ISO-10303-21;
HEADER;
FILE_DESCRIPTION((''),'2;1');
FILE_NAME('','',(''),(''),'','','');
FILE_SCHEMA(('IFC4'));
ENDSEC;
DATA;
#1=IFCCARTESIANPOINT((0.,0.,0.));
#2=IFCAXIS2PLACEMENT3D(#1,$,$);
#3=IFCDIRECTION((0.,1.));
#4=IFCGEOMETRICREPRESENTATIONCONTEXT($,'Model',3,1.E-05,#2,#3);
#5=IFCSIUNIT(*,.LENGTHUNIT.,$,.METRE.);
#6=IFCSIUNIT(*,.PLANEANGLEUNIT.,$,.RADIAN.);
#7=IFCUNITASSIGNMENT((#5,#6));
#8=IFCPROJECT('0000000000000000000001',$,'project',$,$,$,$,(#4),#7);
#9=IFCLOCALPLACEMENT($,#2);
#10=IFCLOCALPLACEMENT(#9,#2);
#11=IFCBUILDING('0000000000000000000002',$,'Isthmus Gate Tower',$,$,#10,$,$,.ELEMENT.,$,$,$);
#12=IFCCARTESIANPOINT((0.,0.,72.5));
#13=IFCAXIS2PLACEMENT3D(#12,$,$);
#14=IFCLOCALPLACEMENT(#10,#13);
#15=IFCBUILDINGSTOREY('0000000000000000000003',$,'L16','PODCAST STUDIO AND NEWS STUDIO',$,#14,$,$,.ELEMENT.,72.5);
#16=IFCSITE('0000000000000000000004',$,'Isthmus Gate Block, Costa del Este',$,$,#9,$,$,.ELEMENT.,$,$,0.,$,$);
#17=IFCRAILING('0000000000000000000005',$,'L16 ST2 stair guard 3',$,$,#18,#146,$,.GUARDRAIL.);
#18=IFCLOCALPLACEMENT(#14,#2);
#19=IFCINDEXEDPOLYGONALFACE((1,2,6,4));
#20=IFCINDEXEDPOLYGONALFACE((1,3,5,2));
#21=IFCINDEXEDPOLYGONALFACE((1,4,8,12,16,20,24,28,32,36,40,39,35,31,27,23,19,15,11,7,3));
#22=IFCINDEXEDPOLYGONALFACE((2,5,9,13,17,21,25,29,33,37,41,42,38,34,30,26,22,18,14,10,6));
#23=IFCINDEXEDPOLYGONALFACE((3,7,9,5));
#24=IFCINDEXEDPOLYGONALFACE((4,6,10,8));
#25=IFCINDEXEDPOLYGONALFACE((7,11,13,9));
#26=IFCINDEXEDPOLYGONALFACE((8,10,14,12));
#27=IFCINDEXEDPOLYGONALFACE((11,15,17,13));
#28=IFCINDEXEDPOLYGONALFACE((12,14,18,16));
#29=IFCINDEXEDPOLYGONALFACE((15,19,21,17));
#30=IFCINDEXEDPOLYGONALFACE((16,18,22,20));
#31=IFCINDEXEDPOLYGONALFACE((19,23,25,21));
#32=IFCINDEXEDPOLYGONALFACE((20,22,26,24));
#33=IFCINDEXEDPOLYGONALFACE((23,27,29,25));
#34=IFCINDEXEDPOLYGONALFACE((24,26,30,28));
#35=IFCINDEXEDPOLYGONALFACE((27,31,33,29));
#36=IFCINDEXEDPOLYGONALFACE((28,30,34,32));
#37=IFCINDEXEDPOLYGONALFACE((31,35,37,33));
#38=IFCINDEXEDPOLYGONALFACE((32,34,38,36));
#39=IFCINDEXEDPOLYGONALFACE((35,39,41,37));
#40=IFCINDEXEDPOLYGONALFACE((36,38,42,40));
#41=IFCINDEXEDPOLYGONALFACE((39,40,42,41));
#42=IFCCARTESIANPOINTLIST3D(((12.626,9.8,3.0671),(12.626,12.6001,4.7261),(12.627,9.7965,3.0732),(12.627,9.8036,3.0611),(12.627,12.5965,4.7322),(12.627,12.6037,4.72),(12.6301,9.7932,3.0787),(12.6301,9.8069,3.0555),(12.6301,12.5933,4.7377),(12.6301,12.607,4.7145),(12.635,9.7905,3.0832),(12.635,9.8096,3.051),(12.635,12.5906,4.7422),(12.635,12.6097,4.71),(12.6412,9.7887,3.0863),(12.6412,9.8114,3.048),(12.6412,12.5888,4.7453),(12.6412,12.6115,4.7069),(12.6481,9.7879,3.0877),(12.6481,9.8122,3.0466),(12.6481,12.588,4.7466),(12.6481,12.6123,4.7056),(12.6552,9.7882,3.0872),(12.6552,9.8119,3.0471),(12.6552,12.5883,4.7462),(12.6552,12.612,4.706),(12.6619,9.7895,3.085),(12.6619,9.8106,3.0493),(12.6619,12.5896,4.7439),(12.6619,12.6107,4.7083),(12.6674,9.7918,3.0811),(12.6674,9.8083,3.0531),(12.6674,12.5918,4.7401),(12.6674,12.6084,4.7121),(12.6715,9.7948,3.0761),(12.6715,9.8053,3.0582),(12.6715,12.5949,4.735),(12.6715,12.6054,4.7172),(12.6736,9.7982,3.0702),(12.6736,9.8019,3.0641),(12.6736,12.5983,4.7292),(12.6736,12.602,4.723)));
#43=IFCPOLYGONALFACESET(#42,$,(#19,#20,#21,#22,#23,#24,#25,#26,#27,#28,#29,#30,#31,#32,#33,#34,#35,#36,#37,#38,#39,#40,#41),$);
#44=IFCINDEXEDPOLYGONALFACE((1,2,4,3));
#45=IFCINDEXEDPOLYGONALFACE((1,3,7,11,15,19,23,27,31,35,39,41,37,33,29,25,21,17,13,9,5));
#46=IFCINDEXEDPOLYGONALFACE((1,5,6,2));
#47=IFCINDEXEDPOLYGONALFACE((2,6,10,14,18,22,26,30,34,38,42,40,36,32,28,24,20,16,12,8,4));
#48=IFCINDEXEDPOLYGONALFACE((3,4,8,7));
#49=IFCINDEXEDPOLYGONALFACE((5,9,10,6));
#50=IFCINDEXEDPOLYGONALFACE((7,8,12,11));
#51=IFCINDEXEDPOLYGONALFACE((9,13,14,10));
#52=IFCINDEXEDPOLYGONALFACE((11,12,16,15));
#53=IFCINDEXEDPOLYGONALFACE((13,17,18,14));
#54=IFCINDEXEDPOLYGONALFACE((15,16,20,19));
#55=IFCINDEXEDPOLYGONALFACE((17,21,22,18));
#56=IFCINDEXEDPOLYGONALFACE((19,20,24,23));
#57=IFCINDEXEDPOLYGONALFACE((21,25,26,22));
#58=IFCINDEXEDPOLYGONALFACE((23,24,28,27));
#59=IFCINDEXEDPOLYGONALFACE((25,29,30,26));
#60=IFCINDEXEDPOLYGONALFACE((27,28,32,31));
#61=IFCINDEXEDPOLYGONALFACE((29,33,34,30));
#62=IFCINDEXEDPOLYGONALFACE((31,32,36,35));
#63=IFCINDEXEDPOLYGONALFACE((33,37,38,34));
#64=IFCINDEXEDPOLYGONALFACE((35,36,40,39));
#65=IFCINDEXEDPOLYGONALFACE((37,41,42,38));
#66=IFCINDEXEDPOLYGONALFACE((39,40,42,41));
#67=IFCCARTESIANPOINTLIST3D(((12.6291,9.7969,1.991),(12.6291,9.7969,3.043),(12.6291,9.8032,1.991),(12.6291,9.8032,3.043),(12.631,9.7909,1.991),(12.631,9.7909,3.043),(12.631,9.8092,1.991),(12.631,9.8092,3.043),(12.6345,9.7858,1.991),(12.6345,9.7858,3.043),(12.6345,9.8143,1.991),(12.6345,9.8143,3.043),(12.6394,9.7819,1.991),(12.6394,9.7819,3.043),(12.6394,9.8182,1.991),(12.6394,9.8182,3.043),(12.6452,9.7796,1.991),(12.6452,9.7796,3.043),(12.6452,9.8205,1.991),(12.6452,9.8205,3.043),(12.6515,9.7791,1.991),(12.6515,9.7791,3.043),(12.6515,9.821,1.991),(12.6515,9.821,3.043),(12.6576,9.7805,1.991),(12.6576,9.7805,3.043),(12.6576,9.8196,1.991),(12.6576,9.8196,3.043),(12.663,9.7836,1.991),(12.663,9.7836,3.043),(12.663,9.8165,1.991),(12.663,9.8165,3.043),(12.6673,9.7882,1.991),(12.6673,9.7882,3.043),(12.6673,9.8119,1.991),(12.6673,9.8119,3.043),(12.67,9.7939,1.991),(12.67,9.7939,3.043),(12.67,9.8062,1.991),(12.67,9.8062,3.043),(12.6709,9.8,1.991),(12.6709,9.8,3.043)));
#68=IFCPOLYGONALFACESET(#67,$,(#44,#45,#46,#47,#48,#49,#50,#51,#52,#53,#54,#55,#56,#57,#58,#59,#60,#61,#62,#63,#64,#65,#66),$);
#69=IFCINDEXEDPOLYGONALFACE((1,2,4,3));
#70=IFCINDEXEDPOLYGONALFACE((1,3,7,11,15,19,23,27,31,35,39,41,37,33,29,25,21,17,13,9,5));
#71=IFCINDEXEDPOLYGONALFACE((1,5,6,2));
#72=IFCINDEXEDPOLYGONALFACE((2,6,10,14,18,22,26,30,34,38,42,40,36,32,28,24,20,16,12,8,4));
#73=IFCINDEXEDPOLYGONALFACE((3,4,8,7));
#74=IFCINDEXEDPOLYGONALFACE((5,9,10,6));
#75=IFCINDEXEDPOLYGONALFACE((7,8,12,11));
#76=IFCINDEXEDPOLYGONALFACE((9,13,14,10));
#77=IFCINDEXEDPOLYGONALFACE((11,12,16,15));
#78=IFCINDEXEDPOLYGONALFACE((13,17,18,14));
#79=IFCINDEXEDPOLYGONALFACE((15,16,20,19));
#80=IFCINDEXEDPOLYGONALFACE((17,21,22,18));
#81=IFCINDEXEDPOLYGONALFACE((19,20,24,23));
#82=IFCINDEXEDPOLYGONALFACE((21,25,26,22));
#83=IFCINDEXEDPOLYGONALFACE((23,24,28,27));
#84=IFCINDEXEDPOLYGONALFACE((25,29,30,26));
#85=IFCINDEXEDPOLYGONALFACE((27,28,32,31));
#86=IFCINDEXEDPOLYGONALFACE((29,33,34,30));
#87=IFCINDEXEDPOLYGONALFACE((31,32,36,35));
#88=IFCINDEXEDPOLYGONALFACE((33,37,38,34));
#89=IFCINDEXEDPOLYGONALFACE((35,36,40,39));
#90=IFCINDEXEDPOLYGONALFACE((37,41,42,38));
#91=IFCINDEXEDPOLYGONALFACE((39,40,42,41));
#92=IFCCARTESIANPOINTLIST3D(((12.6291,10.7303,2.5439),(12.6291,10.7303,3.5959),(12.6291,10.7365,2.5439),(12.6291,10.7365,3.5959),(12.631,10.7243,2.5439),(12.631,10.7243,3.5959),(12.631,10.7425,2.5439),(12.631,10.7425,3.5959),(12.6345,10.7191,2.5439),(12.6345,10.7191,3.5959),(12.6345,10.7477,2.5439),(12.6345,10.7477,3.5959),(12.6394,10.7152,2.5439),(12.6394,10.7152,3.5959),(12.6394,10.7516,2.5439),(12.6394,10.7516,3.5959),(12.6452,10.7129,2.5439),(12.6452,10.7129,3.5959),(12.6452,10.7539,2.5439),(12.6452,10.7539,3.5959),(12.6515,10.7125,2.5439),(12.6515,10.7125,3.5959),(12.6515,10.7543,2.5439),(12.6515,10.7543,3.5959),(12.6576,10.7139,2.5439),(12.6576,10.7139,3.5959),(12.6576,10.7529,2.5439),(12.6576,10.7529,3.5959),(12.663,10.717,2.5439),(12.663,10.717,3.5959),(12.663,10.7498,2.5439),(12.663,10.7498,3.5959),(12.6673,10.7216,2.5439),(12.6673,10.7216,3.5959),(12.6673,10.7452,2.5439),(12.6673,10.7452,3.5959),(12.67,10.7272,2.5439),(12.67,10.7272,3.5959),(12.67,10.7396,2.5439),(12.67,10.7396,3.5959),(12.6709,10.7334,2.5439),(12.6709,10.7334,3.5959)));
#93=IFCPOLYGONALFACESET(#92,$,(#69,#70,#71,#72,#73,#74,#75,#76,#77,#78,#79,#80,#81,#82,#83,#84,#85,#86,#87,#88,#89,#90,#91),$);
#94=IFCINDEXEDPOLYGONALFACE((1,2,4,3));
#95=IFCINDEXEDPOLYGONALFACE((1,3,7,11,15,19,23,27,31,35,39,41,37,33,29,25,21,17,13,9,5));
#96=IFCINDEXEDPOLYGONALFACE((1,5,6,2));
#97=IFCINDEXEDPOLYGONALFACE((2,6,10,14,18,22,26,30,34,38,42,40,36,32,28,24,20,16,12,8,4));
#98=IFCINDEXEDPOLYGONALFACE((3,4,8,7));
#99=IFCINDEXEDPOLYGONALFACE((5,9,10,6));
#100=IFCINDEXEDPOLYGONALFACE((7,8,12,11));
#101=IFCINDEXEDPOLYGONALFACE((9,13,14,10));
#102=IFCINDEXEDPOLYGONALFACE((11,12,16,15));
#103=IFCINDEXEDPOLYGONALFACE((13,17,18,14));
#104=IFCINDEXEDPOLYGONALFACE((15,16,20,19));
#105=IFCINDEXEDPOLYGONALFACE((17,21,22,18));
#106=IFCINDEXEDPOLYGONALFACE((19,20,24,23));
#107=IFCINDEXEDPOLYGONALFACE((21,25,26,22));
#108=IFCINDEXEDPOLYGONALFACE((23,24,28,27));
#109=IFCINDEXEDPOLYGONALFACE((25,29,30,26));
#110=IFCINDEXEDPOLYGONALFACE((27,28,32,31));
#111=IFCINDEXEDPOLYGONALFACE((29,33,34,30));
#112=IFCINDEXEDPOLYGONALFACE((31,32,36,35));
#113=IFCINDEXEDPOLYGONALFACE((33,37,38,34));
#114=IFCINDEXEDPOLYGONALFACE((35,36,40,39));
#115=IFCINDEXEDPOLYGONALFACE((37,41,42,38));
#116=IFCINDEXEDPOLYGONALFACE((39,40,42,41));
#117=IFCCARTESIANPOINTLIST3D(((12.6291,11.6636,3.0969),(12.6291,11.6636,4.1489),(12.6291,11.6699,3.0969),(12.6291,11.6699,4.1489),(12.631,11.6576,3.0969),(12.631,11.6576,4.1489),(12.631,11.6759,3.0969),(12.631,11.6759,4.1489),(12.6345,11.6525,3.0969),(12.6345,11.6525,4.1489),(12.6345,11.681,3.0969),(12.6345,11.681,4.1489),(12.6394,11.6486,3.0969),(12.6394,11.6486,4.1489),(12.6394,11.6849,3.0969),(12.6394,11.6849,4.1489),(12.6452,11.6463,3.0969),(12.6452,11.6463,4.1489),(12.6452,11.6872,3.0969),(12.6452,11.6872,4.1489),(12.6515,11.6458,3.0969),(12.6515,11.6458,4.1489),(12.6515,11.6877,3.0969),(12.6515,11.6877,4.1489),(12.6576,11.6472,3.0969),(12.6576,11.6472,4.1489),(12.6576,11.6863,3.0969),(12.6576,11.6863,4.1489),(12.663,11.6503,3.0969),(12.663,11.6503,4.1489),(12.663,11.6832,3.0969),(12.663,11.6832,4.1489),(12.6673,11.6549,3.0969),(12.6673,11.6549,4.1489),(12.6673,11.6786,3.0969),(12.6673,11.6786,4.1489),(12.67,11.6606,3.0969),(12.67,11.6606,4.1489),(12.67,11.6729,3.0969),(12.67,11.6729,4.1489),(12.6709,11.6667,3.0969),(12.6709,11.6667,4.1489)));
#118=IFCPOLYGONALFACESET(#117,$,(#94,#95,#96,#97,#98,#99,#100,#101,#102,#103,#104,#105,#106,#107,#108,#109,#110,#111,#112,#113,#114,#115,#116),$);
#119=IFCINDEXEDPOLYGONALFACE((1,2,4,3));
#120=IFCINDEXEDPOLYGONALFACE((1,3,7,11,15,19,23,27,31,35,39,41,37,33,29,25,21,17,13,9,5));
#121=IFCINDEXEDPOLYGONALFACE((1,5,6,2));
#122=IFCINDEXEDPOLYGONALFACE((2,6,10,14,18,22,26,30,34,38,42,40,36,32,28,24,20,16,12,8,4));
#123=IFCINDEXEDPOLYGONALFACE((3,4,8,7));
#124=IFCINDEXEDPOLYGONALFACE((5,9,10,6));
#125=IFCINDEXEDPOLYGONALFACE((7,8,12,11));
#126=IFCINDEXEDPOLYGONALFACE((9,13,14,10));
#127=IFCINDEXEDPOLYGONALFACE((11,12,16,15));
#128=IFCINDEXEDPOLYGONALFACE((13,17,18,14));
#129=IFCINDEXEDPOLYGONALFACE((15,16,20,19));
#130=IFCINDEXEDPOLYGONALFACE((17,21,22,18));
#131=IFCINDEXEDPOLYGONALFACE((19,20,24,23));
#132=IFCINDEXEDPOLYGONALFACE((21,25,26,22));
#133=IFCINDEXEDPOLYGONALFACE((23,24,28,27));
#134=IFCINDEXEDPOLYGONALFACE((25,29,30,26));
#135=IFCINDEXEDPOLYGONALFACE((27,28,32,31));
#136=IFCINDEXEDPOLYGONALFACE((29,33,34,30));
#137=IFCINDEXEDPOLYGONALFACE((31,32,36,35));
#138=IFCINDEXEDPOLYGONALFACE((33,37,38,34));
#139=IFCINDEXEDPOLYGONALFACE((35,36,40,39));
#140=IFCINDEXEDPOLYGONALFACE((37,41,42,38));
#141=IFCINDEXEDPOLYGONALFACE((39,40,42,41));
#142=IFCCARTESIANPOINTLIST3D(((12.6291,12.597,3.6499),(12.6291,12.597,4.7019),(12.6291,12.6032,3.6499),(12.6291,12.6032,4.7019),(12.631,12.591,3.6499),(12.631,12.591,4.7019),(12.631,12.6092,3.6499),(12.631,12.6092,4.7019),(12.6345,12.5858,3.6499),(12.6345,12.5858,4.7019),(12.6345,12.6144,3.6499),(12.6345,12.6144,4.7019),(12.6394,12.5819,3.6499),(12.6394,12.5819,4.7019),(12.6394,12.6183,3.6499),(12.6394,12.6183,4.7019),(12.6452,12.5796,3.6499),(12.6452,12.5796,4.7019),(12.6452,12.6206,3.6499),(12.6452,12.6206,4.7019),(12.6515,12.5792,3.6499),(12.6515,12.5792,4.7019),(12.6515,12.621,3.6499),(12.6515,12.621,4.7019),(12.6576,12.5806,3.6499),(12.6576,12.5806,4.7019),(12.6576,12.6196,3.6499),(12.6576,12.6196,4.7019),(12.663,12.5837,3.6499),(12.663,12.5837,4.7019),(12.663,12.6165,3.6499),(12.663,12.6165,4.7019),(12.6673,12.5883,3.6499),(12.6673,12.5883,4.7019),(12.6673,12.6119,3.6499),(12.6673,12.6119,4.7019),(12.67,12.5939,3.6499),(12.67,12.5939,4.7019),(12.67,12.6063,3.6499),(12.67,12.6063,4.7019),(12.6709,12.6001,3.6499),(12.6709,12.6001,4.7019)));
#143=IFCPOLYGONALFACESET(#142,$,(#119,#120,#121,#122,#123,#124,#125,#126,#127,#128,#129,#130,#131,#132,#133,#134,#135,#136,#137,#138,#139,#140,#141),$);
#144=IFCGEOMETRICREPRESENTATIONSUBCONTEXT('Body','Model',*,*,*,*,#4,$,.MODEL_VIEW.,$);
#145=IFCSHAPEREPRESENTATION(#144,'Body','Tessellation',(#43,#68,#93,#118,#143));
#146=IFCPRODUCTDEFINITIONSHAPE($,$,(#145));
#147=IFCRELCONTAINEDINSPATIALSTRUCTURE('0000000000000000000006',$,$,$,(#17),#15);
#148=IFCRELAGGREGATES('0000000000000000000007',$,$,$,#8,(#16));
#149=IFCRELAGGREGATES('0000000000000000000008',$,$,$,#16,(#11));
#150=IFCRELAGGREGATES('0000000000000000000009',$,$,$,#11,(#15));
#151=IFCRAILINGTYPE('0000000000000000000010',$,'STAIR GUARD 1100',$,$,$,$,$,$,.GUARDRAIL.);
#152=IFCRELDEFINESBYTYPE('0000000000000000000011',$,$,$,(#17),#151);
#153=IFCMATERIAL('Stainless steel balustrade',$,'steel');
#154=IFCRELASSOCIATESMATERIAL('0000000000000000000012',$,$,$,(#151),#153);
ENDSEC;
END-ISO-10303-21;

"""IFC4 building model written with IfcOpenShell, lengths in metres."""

from ifc_helpers import new_model, si_unit, direction, frame, origin, origin_2d, place, context, subcontext, project, spatial, circle, extrude, material, type_object, element, save


model = new_model("IFC4")

# Units and contexts
model_context = context("Model", 3, precision=1e-05, world=origin(), true_north=direction((0.0, 1.0)))
body_context = subcontext(model_context, "Body", "Model", "MODEL_VIEW")
ifc_project = project(units=[si_unit("LENGTHUNIT", "METRE"), si_unit("PLANEANGLEUNIT", "RADIAN")], contexts=[model_context])

# Site, building, storey
site_placement = place(None, origin())
site = spatial("IfcSite", under=ifc_project, at=site_placement, Name="Isthmus Gate Block, Costa del Este", CompositionType="ELEMENT", RefElevation=0.0)
building_placement = place(site_placement, origin())
building = spatial("IfcBuilding", under=site, at=building_placement, Name="Isthmus Gate Tower", CompositionType="ELEMENT")
storey_placement = place(building_placement, frame((0.0, 0.0, 72.5)))
storey = spatial("IfcBuildingStorey", under=building, at=storey_placement, Name="L16", Description="PODCAST STUDIO AND NEWS STUDIO", CompositionType="ELEMENT", Elevation=72.5)

# Railing
ifc_material_1 = material(Name="Stainless steel balustrade", Category="steel")
railing_type_1 = type_object("IfcRailingType", Name="STAIR GUARD 1100", PredefinedType="GUARDRAIL", material=ifc_material_1)
railing_1_placement = place(storey_placement, frame((12.6499, 9.8, 1.991)))
element("IfcRailing", 1, at=railing_1_placement, inside=storey, type_object=railing_type_1, Name="L16 ST2 stair guard 3", PredefinedType="GUARDRAIL", context=body_context, shape_type="SweptSolid", body=[
    extrude(circle(Radius=0.0239, at=origin_2d()), frame((0.0, 0.0, 1.0762), z_axis=(0.0, 0.860339, 0.509722), x_axis=(-1.0, 0.0, 0.0)), (0.0, 0.0, 1.0), 3.2546),
    extrude(circle(Radius=0.021, at=origin_2d()), origin(), (0.0, 0.0, 1.0), 1.052),
    extrude(circle(Radius=0.021, at=origin_2d()), frame((0.0, 0.9333, 0.553)), (0.0, 0.0, 1.0), 1.052),
    extrude(circle(Radius=0.021, at=origin_2d()), frame((0.0, 1.8667, 1.106)), (0.0, 0.0, 1.0), 1.052),
    extrude(circle(Radius=0.021, at=origin_2d()), frame((0.0, 2.8, 1.6589)), (0.0, 0.0, 1.0), 1.052),
])

save(model, "model.ifc")
